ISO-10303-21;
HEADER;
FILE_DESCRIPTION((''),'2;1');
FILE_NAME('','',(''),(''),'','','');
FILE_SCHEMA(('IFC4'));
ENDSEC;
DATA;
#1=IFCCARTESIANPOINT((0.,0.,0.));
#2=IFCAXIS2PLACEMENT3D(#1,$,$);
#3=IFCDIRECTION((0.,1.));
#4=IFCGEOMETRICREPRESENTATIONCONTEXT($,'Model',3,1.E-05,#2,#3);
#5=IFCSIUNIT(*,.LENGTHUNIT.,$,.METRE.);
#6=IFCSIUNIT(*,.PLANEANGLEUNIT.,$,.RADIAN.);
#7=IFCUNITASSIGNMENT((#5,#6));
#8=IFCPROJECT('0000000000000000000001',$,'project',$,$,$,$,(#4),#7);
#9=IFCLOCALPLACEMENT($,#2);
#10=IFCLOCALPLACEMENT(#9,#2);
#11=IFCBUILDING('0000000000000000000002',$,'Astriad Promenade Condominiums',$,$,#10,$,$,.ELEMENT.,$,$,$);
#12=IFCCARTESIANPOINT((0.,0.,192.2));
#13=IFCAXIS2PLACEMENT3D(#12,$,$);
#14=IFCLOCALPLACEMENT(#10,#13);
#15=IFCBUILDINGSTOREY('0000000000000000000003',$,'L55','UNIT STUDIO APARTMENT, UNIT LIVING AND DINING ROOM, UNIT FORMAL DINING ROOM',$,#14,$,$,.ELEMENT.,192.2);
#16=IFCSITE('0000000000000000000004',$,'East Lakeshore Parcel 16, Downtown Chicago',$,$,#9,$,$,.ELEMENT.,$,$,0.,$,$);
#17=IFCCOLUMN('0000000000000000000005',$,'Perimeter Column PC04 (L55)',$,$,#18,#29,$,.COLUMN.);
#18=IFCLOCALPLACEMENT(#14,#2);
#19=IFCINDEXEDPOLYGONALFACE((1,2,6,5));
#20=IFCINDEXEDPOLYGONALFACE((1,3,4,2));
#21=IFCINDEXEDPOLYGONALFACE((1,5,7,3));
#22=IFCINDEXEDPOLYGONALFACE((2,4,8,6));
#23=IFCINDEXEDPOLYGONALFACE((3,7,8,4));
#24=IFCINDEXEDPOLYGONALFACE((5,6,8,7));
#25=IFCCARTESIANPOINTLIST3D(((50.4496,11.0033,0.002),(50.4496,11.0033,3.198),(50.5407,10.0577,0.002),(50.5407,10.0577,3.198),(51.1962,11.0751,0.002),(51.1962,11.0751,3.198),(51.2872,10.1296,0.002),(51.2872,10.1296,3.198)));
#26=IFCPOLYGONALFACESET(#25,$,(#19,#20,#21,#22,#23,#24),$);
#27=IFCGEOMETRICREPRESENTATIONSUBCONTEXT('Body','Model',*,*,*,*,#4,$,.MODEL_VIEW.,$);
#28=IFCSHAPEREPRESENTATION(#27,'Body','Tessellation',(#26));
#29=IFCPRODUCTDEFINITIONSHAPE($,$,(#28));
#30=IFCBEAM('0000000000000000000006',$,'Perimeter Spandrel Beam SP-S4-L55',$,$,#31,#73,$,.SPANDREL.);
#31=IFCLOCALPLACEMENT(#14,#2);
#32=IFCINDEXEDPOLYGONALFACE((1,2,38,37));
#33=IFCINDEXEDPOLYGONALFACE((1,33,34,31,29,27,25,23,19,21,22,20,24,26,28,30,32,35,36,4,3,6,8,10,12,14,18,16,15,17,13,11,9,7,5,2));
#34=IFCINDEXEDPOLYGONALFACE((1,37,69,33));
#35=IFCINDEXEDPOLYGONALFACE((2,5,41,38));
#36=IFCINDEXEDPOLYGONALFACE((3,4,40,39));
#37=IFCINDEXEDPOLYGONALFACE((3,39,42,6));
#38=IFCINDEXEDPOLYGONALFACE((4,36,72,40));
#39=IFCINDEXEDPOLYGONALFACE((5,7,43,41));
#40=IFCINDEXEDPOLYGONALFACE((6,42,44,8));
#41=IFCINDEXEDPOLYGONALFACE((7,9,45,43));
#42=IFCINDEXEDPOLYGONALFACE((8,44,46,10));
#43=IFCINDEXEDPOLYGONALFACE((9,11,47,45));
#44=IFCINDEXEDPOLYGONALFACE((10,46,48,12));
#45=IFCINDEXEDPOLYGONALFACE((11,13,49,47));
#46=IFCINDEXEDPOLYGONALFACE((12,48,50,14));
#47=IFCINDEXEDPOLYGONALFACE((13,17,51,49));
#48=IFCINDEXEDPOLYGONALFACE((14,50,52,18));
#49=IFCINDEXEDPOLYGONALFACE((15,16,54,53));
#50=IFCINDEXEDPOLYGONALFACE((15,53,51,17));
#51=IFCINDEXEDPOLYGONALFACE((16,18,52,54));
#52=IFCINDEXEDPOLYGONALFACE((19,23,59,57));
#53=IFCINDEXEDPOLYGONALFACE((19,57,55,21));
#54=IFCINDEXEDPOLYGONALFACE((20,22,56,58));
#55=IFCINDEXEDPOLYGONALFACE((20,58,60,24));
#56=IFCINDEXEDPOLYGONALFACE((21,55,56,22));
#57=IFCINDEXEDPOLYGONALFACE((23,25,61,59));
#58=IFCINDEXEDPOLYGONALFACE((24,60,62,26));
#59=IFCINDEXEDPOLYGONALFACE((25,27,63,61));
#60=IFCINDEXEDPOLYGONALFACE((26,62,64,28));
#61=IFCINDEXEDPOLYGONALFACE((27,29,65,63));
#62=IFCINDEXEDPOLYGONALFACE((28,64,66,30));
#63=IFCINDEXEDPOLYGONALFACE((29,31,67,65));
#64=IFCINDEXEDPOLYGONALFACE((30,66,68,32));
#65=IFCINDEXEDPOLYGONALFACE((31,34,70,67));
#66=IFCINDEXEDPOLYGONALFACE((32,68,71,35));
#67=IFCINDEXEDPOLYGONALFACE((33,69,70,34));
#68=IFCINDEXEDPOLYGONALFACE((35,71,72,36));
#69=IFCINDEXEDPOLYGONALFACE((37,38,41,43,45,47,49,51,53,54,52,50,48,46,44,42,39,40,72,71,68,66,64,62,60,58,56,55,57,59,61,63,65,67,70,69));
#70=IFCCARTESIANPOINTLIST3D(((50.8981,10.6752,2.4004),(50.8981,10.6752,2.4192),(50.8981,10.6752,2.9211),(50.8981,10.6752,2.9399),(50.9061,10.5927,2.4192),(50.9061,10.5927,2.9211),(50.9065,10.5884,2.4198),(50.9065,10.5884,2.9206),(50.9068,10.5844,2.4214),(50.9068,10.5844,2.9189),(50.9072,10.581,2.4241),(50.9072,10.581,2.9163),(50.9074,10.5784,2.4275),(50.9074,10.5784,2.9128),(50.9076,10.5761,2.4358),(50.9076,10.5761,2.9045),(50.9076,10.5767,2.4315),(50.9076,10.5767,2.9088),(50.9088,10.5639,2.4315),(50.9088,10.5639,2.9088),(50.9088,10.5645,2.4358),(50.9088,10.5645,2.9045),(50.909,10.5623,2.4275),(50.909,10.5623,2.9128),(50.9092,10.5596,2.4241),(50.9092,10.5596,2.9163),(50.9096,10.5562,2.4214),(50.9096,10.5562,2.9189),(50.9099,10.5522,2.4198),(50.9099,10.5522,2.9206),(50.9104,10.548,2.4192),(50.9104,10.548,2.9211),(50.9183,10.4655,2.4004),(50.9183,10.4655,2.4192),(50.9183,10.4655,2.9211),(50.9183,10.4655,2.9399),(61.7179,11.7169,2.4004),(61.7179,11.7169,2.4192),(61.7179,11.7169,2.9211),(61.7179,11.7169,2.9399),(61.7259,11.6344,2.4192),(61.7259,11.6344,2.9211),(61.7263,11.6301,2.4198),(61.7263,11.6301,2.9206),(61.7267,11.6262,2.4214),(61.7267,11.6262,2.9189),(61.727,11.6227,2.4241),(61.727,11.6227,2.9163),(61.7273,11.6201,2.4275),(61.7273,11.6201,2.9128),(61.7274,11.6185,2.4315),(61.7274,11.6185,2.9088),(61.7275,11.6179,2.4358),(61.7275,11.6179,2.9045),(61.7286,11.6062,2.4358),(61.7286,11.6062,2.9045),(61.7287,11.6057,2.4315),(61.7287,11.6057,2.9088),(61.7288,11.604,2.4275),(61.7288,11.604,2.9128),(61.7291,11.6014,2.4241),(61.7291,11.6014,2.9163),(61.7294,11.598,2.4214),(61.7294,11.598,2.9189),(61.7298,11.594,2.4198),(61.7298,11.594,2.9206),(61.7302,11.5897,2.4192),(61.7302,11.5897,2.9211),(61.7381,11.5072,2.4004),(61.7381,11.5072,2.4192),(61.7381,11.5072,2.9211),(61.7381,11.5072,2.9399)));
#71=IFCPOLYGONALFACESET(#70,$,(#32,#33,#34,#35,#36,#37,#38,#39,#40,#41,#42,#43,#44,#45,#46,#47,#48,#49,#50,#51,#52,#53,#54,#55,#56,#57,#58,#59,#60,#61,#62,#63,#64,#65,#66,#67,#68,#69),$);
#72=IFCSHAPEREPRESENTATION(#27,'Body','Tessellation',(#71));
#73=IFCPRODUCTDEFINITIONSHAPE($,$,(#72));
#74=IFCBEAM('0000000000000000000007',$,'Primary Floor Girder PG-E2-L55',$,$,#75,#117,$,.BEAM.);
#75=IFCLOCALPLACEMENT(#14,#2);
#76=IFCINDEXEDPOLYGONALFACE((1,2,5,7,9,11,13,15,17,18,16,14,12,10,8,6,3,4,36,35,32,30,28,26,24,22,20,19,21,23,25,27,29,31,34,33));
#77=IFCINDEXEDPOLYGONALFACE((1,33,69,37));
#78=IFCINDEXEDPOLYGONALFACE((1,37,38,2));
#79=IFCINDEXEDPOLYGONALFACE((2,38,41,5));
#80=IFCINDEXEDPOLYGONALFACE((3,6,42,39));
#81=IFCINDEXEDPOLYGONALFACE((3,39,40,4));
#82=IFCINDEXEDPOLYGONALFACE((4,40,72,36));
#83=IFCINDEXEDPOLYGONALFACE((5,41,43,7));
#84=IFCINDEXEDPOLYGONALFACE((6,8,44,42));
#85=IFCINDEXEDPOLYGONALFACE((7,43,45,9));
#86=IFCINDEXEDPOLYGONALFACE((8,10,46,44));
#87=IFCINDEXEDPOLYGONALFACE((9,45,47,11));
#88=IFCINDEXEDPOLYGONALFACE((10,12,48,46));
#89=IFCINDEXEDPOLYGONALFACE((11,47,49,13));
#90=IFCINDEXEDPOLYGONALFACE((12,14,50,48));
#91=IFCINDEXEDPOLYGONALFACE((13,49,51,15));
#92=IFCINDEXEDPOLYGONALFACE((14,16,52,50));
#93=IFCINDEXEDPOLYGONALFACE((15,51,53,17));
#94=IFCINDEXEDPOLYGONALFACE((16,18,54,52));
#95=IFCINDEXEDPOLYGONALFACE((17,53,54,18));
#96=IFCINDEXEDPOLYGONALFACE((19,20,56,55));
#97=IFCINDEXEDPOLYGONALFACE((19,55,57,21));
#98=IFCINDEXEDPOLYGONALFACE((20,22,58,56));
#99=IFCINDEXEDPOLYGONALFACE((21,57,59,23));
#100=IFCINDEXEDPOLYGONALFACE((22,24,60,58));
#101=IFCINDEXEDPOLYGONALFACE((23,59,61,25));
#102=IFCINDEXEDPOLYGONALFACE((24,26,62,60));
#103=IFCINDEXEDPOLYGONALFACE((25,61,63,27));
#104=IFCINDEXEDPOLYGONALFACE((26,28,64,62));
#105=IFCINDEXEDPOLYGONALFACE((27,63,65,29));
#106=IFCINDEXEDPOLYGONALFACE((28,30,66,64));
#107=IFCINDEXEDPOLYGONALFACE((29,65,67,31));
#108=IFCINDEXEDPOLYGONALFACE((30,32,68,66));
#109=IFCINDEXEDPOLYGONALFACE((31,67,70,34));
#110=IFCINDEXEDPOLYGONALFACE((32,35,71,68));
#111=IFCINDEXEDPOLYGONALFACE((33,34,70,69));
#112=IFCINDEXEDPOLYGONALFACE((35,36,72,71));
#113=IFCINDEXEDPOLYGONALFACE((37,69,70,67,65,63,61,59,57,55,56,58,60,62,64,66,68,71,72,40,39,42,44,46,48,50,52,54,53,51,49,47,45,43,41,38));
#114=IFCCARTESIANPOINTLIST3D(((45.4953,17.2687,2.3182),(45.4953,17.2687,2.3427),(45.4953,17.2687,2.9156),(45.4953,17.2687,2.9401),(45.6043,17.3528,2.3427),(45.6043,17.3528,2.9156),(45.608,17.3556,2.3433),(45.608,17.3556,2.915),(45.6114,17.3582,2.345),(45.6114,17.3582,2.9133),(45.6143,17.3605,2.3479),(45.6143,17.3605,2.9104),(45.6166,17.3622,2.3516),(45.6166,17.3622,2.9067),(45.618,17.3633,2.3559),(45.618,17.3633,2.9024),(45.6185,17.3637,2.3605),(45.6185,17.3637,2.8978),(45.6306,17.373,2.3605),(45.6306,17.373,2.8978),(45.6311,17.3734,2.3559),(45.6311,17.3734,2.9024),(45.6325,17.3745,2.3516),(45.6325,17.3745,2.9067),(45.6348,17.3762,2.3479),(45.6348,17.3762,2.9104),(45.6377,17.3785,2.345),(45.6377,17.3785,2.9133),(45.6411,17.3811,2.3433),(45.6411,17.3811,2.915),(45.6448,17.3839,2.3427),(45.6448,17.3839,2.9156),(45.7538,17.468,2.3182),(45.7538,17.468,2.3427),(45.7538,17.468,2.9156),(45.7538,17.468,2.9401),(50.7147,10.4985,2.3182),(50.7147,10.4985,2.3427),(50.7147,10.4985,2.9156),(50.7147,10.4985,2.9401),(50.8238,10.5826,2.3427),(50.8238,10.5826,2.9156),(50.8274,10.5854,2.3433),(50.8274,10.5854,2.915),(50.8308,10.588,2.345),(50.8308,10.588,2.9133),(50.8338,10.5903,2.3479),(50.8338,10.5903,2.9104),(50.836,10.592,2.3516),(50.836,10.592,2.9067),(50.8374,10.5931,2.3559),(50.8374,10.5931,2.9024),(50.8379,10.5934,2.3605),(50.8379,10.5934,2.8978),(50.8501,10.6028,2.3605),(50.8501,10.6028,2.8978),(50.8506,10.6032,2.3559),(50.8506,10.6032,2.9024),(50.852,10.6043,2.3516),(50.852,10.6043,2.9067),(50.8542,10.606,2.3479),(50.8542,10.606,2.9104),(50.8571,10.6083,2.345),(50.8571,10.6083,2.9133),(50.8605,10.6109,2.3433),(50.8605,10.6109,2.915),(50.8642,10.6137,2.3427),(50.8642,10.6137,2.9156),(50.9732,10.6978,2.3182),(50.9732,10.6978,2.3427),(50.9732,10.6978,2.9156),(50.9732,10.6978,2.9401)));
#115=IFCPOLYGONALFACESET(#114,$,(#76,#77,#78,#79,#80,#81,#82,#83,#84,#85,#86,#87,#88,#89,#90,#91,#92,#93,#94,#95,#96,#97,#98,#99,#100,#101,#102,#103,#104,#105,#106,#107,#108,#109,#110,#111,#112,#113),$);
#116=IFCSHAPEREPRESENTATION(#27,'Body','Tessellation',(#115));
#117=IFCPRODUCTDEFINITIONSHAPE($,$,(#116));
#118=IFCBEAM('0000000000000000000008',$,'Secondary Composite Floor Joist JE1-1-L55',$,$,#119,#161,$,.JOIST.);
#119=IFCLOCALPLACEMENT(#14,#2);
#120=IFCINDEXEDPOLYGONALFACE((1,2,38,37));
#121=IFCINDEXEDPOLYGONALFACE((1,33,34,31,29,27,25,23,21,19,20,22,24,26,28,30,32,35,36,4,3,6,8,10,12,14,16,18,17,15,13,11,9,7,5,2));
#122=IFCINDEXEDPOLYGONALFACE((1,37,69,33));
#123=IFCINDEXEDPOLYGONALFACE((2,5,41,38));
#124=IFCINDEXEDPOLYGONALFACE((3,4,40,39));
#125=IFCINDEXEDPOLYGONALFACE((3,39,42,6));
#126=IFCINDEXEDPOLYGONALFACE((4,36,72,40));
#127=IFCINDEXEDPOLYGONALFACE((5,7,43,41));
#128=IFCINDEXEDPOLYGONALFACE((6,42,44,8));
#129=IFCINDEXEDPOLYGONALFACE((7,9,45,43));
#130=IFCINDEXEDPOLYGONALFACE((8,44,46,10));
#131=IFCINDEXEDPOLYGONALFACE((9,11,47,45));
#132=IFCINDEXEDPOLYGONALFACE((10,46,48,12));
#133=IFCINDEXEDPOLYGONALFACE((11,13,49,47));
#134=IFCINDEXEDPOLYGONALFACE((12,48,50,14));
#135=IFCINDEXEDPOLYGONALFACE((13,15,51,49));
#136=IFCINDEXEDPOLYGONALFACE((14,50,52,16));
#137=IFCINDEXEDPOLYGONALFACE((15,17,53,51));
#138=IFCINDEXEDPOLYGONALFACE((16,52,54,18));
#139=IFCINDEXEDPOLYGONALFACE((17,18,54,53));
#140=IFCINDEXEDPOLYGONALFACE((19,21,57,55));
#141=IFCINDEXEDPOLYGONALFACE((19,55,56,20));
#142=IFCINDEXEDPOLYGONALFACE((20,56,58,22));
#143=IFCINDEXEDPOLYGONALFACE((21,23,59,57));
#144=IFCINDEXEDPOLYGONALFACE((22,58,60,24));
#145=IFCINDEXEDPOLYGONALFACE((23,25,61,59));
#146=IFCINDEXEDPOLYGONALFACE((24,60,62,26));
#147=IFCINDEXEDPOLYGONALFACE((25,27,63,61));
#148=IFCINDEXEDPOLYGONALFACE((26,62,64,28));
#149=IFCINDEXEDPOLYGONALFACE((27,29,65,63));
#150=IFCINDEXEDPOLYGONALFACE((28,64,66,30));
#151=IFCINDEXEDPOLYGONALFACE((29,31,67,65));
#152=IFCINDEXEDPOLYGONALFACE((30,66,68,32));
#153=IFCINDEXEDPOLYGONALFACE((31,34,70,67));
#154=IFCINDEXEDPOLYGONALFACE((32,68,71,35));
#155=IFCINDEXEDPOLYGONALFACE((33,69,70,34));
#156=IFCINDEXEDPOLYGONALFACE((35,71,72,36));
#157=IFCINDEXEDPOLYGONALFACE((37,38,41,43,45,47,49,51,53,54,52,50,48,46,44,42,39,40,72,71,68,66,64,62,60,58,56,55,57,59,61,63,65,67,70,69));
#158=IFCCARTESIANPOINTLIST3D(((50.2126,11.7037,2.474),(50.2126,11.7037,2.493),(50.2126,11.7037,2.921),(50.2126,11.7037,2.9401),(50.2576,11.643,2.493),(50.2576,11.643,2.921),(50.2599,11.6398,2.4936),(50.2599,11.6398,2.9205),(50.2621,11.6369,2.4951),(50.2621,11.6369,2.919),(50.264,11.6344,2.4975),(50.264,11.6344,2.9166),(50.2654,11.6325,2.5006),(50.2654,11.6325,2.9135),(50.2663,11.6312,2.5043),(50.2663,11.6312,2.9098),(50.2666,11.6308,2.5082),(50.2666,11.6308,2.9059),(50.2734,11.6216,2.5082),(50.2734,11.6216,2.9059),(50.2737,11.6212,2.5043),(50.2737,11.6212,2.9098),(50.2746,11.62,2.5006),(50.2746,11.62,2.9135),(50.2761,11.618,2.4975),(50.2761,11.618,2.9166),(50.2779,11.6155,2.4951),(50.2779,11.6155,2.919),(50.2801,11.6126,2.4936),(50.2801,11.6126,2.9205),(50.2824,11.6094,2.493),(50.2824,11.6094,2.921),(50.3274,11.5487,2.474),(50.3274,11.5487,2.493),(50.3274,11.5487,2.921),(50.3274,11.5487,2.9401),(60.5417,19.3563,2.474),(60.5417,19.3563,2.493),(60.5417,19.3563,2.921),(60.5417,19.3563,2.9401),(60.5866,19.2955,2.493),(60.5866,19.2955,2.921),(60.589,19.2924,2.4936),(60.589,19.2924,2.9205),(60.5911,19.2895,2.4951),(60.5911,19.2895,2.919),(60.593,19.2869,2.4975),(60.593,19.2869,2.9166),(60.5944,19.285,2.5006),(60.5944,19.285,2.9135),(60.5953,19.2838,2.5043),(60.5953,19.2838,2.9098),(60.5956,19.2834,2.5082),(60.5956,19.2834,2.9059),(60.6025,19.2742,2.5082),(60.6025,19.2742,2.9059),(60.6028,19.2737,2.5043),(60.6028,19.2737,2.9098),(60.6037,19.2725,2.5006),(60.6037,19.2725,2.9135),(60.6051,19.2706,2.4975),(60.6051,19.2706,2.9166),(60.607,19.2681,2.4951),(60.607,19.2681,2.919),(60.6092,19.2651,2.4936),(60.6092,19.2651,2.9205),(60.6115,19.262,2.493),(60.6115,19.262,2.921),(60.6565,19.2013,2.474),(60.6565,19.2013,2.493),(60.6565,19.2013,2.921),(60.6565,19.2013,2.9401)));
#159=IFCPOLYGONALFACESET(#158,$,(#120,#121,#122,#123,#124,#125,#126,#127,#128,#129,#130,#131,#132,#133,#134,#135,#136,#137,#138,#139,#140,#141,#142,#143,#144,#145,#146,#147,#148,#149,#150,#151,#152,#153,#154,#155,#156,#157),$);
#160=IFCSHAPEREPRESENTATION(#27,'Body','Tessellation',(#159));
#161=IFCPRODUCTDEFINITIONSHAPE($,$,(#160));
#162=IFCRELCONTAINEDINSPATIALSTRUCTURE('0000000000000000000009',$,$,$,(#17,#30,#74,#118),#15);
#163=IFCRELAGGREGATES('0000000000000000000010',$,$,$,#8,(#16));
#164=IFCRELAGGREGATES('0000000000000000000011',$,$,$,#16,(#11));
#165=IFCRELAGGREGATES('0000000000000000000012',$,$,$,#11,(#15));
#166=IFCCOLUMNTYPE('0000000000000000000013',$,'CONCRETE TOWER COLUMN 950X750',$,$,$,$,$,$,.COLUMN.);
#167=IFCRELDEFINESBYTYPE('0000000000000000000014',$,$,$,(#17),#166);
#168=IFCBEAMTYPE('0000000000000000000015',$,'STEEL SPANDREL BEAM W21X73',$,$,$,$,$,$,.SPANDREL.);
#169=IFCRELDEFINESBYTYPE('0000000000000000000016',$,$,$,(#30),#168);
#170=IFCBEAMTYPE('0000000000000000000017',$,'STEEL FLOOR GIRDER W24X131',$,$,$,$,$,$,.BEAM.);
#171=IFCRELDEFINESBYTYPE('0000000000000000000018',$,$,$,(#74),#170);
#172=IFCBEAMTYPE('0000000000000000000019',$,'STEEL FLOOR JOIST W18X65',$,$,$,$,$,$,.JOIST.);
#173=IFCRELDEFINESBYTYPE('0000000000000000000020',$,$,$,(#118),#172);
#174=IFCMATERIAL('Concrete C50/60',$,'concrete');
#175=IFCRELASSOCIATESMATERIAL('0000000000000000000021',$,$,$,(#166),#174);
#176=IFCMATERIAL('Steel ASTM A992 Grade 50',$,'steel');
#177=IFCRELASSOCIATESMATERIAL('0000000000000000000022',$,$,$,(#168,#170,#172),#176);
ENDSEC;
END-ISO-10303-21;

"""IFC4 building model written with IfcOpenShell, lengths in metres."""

from ifc_helpers import new_model, si_unit, direction, frame, origin, origin_2d, place, context, subcontext, project, spatial, rectangle, i_section, extrude, source, transform, mapped, material, material_profile, profile_set, type_object, type_shapes, element, save


model = new_model("IFC4")

# Units and contexts
model_context = context("Model", 3, precision=1e-05, world=origin(), true_north=direction((0.0, 1.0)))
body_context = subcontext(model_context, "Body", "Model", "MODEL_VIEW")
ifc_project = project(units=[si_unit("LENGTHUNIT", "METRE"), si_unit("PLANEANGLEUNIT", "RADIAN")], contexts=[model_context])

# Site, building, storey
site_placement = place(None, origin())
site = spatial("IfcSite", under=ifc_project, at=site_placement, Name="East Lakeshore Parcel 16, Downtown Chicago", CompositionType="ELEMENT", RefElevation=0.0)
building_placement = place(site_placement, origin())
building = spatial("IfcBuilding", under=site, at=building_placement, Name="Astriad Promenade Condominiums", CompositionType="ELEMENT")
storey_placement = place(building_placement, frame((0.0, 0.0, 192.2)))
storey = spatial("IfcBuildingStorey", under=building, at=storey_placement, Name="L55", Description="UNIT STUDIO APARTMENT, UNIT LIVING AND DINING ROOM, UNIT FORMAL DINING ROOM", CompositionType="ELEMENT", Elevation=192.2)

# Column
ifc_material_1 = material(Name="Concrete C50/60", Category="concrete")
ifc_material_profile_1 = material_profile(ifc_material_1, rectangle(XDim=0.75, YDim=0.95, at=origin_2d()), Name="RC-COL-950X750")
ifc_profile_set_1 = profile_set([ifc_material_profile_1], Name="Concrete C50/60")
column_type = type_object("IfcColumnType", Name="CONCRETE TOWER COLUMN 950X750", PredefinedType="COLUMN", material=ifc_profile_set_1)
shared_shape_1 = source(origin(), body_context, "Body", "SweptSolid", [
    extrude(rectangle(XDim=0.75, YDim=0.95, at=origin_2d()), origin(), (0.0, 0.0, 1.0), 3.196),
])
type_shapes(column_type, [shared_shape_1])
column_placement = place(storey_placement, frame((50.8684, 10.5664, 0.002), z_axis=(0.0, 0.0, 1.0), x_axis=(0.995396, 0.095846, 0.0)))
element("IfcColumn", 1, at=column_placement, inside=storey, type_object=column_type, Name="Perimeter Column PC04 (L55)", PredefinedType="COLUMN", context=body_context, shape_type="MappedRepresentation", body=[
    mapped(shared_shape_1, transform((0.0, 0.0, 0.0), scale=1.0)),
])

# Beams
ifc_material_2 = material(Name="Steel ASTM A992 Grade 50", Category="steel")
ifc_material_profile_2 = material_profile(ifc_material_2, i_section(OverallWidth=0.2107, OverallDepth=0.5396, WebThickness=0.0117, FlangeThickness=0.0188, FilletRadius=0.0166, at=origin_2d()), Name="W21X73")
ifc_profile_set_2 = profile_set([ifc_material_profile_2], Name="Steel ASTM A992 Grade 50")
beam_type_1 = type_object("IfcBeamType", Name="STEEL SPANDREL BEAM W21X73", PredefinedType="SPANDREL", material=ifc_profile_set_2)
shared_shape_2 = source(origin(), body_context, "Body", "SweptSolid", [
    extrude(i_section(OverallWidth=0.2107, OverallDepth=0.5396, WebThickness=0.0117, FlangeThickness=0.0188, FilletRadius=0.0166, at=origin_2d()), origin(), (0.0, 0.0, 1.0), 10.8699),
])
type_shapes(beam_type_1, [shared_shape_2])
beam_1_placement = place(storey_placement, frame((50.9082, 10.5703, 2.6702), z_axis=(0.995397, 0.095838, 0.0), x_axis=(-0.095838, 0.995397, 0.0)))
element("IfcBeam", 2, at=beam_1_placement, inside=storey, type_object=beam_type_1, Name="Perimeter Spandrel Beam SP-S4-L55", PredefinedType="SPANDREL", context=body_context, shape_type="MappedRepresentation", body=[
    mapped(shared_shape_2, transform((0.0, 0.0, 0.0), scale=1.0)),
])
ifc_material_profile_3 = material_profile(ifc_material_2, i_section(OverallWidth=0.3264, OverallDepth=0.6218, WebThickness=0.0154, FlangeThickness=0.0244, FilletRadius=0.0178, at=origin_2d()), Name="W24X131")
ifc_profile_set_3 = profile_set([ifc_material_profile_3], Name="Steel ASTM A992 Grade 50")
beam_type_2 = type_object("IfcBeamType", Name="STEEL FLOOR GIRDER W24X131", PredefinedType="BEAM", material=ifc_profile_set_3)
shared_shape_3 = source(origin(), body_context, "Body", "SweptSolid", [
    extrude(i_section(OverallWidth=0.3264, OverallDepth=0.6218, WebThickness=0.0154, FlangeThickness=0.0244, FilletRadius=0.0178, at=origin_2d()), origin(), (0.0, 0.0, 1.0), 8.5486),
])
type_shapes(beam_type_2, [shared_shape_3])
beam_2_placement = place(storey_placement, frame((50.844, 10.5981, 2.6292), z_axis=(-0.610562, 0.791968, 0.0), x_axis=(-0.791968, -0.610562, 0.0)))
element("IfcBeam", 3, at=beam_2_placement, inside=storey, type_object=beam_type_2, Name="Primary Floor Girder PG-E2-L55", PredefinedType="BEAM", context=body_context, shape_type="MappedRepresentation", body=[
    mapped(shared_shape_3, transform((0.0, 0.0, 0.0), scale=1.0)),
])
ifc_material_profile_4 = material_profile(ifc_material_2, i_section(OverallWidth=0.1929, OverallDepth=0.4661, WebThickness=0.0115, FlangeThickness=0.019, FilletRadius=0.0151, at=origin_2d()), Name="W18X65")
ifc_profile_set_4 = profile_set([ifc_material_profile_4], Name="Steel ASTM A992 Grade 50")
beam_type_3 = type_object("IfcBeamType", Name="STEEL FLOOR JOIST W18X65", PredefinedType="JOIST", material=ifc_profile_set_4)
shared_shape_4 = source(origin(), body_context, "Body", "SweptSolid", [
    extrude(i_section(OverallWidth=0.1929, OverallDepth=0.4661, WebThickness=0.0115, FlangeThickness=0.019, FilletRadius=0.0151, at=origin_2d()), origin(), (0.0, 0.0, 1.0), 12.855),
])
beam_3_placement = place(storey_placement, frame((50.27, 11.6262, 2.707), z_axis=(0.803505, 0.595298, 0.0), x_axis=(-0.595298, 0.803505, 0.0)))
element("IfcBeam", 4, at=beam_3_placement, inside=storey, type_object=beam_type_3, Name="Secondary Composite Floor Joist JE1-1-L55", PredefinedType="JOIST", context=body_context, shape_type="MappedRepresentation", body=[
    mapped(shared_shape_4, transform((0.0, 0.0, 0.0), scale=1.0)),
])

save(model, "model.ifc")
